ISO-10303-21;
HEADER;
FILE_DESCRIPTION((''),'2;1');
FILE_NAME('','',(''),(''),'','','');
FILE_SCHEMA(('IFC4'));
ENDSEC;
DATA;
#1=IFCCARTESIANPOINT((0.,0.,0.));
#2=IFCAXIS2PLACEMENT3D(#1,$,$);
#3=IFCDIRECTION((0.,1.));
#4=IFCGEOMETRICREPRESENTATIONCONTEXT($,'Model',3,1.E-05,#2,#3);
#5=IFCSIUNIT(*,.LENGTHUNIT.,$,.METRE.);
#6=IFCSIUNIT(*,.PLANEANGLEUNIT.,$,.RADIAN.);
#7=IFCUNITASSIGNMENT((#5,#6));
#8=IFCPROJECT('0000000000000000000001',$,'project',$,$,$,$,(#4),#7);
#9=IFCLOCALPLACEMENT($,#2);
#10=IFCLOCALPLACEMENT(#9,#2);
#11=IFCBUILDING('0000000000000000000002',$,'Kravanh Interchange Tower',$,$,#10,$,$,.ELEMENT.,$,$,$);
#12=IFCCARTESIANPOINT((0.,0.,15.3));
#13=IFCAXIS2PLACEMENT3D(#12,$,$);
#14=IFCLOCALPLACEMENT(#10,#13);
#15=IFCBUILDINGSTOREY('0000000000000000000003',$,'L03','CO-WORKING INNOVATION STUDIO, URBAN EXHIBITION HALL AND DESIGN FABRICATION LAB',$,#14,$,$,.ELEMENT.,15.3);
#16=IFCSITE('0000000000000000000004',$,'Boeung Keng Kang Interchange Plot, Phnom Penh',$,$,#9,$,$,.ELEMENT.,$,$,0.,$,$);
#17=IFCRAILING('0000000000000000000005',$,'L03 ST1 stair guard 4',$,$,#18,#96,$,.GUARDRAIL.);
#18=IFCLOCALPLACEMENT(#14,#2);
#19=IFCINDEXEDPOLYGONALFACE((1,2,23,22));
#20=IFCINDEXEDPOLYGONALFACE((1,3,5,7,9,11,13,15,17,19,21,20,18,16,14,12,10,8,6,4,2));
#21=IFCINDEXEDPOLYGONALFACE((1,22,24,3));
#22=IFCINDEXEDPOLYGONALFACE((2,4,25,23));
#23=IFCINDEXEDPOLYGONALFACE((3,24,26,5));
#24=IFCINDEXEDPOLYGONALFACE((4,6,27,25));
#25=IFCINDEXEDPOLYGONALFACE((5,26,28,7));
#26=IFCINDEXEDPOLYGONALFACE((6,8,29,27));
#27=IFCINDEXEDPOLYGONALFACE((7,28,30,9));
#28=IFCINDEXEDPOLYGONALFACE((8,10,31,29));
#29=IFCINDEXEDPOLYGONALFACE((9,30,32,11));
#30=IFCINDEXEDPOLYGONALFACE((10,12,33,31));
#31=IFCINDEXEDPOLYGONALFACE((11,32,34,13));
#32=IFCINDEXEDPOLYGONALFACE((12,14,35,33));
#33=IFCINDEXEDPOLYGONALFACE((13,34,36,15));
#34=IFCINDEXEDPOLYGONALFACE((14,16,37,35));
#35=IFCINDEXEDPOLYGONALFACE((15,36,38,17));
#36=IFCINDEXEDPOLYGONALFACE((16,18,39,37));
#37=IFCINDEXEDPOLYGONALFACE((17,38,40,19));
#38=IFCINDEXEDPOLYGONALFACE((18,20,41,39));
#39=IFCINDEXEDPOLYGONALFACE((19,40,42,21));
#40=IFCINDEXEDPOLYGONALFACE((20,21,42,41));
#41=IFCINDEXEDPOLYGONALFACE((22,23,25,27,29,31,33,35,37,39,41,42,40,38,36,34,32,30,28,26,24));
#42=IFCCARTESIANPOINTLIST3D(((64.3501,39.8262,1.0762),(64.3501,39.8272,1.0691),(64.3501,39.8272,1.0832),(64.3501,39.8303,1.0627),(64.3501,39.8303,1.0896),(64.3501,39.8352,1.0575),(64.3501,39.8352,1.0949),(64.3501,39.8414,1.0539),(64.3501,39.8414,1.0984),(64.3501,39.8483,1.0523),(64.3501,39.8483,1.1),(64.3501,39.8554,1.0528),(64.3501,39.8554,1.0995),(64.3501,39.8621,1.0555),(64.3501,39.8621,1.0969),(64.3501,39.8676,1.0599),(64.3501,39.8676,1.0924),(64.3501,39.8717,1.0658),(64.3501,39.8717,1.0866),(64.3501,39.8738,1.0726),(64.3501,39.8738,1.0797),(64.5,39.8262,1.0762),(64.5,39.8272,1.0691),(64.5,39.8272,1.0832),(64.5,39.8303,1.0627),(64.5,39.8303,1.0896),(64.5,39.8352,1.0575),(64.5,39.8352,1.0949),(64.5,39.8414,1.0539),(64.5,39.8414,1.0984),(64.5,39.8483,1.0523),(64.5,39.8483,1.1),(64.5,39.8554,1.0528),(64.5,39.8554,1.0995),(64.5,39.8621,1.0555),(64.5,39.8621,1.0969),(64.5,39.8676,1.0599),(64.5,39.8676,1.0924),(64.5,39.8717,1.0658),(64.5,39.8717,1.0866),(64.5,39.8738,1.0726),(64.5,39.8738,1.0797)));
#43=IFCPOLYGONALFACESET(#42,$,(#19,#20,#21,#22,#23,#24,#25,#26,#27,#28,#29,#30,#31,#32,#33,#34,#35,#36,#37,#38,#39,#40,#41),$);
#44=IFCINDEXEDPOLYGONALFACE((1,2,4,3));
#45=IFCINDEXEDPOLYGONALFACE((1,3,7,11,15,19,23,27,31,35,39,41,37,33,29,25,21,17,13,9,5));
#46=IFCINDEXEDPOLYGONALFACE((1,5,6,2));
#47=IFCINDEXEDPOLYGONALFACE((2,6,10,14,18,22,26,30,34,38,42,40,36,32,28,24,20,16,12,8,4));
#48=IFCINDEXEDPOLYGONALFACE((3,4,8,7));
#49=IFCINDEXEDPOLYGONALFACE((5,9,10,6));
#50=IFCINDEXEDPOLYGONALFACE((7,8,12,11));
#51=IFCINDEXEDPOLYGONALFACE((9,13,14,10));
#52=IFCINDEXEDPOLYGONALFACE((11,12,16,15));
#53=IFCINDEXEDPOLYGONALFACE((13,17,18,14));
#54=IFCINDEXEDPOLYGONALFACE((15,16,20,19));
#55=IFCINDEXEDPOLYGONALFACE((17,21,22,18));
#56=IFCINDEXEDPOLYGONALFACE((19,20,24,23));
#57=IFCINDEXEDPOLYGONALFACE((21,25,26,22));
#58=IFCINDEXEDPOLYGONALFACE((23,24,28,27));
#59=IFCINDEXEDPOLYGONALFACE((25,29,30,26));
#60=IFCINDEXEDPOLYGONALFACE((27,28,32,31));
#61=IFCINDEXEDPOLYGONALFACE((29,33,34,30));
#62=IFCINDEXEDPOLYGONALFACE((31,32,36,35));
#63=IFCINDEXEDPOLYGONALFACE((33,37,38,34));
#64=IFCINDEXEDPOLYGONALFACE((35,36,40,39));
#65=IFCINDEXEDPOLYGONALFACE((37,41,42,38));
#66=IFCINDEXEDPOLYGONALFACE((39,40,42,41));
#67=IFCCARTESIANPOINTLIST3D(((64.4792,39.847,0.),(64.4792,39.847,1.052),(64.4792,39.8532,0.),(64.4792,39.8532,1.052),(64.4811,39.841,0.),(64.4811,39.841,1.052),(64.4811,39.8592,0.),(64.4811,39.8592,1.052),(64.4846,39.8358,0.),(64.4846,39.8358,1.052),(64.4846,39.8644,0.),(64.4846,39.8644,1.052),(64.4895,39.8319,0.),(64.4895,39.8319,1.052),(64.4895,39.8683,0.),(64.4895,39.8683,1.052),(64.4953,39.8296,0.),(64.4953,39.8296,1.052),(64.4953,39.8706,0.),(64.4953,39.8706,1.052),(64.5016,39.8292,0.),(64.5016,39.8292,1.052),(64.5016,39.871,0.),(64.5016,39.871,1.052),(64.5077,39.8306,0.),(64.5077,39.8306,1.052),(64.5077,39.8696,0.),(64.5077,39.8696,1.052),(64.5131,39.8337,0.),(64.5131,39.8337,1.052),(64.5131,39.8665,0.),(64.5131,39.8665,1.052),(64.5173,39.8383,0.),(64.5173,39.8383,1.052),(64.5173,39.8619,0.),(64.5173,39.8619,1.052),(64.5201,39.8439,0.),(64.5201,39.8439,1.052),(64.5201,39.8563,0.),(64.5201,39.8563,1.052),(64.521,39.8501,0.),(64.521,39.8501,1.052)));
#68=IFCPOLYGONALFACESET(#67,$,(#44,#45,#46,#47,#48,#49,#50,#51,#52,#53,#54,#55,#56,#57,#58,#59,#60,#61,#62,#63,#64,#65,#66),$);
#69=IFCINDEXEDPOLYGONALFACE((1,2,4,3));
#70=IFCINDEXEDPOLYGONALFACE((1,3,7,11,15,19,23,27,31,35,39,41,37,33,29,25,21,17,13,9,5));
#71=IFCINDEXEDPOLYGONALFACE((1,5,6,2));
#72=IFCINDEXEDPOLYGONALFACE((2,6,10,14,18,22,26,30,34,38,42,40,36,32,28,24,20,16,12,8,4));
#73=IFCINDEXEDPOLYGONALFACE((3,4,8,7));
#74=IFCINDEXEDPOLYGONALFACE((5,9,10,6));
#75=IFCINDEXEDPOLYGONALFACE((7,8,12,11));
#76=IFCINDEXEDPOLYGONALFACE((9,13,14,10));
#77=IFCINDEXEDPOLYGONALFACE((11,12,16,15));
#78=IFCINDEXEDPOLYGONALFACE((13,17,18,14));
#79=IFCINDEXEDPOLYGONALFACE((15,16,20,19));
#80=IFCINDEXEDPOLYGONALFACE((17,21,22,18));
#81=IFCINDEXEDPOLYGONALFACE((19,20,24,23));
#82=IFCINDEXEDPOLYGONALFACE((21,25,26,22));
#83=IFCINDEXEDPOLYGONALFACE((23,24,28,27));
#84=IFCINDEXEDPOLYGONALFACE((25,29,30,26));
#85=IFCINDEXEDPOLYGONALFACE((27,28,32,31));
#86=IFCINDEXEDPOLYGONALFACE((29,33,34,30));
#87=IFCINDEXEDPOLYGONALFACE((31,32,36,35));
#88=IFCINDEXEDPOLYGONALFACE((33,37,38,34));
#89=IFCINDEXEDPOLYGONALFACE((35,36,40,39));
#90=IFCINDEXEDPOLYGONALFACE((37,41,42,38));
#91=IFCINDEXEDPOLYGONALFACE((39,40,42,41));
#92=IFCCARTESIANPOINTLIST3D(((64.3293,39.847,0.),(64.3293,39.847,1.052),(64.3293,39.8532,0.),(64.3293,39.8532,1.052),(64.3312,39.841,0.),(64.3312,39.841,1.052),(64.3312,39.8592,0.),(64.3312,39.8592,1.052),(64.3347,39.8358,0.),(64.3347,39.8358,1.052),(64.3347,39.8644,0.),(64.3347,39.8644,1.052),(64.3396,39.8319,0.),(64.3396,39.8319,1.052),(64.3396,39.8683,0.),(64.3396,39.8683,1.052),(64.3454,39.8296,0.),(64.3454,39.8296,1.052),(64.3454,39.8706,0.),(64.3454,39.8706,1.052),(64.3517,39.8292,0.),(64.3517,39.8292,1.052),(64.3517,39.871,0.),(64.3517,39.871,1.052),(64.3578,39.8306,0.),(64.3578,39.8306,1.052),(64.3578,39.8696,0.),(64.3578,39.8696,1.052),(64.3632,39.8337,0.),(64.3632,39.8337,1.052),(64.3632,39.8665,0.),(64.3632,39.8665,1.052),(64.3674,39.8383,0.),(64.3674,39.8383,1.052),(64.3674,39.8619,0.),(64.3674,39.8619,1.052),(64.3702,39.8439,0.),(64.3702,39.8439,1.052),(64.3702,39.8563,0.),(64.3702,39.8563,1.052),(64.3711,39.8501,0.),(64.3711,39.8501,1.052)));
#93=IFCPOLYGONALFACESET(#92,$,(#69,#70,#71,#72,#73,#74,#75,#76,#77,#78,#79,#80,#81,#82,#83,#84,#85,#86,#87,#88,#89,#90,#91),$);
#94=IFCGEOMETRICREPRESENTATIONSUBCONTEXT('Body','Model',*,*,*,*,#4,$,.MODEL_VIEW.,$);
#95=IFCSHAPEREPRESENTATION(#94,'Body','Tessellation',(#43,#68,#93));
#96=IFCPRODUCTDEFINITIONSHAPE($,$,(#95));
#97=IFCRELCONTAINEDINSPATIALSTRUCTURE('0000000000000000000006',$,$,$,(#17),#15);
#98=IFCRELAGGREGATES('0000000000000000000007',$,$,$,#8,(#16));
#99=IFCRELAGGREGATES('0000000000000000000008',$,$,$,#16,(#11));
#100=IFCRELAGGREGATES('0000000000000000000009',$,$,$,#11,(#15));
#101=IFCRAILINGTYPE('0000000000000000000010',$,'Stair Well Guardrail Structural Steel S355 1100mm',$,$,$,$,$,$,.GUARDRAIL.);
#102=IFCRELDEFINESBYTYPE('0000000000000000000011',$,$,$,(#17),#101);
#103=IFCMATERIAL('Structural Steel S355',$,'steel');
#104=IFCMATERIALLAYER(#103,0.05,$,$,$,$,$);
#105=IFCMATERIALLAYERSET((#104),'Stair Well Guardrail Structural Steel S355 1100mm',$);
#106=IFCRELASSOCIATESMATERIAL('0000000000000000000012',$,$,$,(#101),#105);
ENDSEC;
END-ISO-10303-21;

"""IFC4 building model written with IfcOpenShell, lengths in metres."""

from ifc_helpers import new_model, si_unit, direction, frame, origin, origin_2d, place, context, subcontext, project, spatial, circle, extrude, material, layer, layer_set, type_object, element, save


model = new_model("IFC4")

# Units and contexts
model_context = context("Model", 3, precision=1e-05, world=origin(), true_north=direction((0.0, 1.0)))
body_context = subcontext(model_context, "Body", "Model", "MODEL_VIEW")
ifc_project = project(units=[si_unit("LENGTHUNIT", "METRE"), si_unit("PLANEANGLEUNIT", "RADIAN")], contexts=[model_context])

# Site, building, storey
site_placement = place(None, origin())
site = spatial("IfcSite", under=ifc_project, at=site_placement, Name="Boeung Keng Kang Interchange Plot, Phnom Penh", CompositionType="ELEMENT", RefElevation=0.0)
building_placement = place(site_placement, origin())
building = spatial("IfcBuilding", under=site, at=building_placement, Name="Kravanh Interchange Tower", CompositionType="ELEMENT")
storey_placement = place(building_placement, frame((0.0, 0.0, 15.3)))
storey = spatial("IfcBuildingStorey", under=building, at=storey_placement, Name="L03", Description="CO-WORKING INNOVATION STUDIO, URBAN EXHIBITION HALL AND DESIGN FABRICATION LAB", CompositionType="ELEMENT", Elevation=15.3)

# Railing
ifc_material_1 = material(Name="Structural Steel S355", Category="steel")
ifc_layer_1 = layer(ifc_material_1, 0.05)
ifc_layer_set_1 = layer_set([ifc_layer_1], Name="Stair Well Guardrail Structural Steel S355 1100mm")
railing_type_1 = type_object("IfcRailingType", Name="Stair Well Guardrail Structural Steel S355 1100mm", PredefinedType="GUARDRAIL", material=ifc_layer_set_1)
railing_1_placement = place(storey_placement, frame((64.5, 39.8501, 0.0)))
element("IfcRailing", 1, at=railing_1_placement, inside=storey, type_object=railing_type_1, Name="L03 ST1 stair guard 4", PredefinedType="GUARDRAIL", context=body_context, shape_type="SweptSolid", body=[
    extrude(circle(Radius=0.0239, at=origin_2d()), frame((0.0, 0.0, 1.0762), z_axis=(-1.0, 0.0, 0.0), x_axis=(0.0, -1.0, 0.0)), (0.0, 0.0, 1.0), 0.1499),
    extrude(circle(Radius=0.021, at=origin_2d()), origin(), (0.0, 0.0, 1.0), 1.052),
    extrude(circle(Radius=0.021, at=origin_2d()), frame((-0.1499, 0.0, 0.0)), (0.0, 0.0, 1.0), 1.052),
])

save(model, "model.ifc")
